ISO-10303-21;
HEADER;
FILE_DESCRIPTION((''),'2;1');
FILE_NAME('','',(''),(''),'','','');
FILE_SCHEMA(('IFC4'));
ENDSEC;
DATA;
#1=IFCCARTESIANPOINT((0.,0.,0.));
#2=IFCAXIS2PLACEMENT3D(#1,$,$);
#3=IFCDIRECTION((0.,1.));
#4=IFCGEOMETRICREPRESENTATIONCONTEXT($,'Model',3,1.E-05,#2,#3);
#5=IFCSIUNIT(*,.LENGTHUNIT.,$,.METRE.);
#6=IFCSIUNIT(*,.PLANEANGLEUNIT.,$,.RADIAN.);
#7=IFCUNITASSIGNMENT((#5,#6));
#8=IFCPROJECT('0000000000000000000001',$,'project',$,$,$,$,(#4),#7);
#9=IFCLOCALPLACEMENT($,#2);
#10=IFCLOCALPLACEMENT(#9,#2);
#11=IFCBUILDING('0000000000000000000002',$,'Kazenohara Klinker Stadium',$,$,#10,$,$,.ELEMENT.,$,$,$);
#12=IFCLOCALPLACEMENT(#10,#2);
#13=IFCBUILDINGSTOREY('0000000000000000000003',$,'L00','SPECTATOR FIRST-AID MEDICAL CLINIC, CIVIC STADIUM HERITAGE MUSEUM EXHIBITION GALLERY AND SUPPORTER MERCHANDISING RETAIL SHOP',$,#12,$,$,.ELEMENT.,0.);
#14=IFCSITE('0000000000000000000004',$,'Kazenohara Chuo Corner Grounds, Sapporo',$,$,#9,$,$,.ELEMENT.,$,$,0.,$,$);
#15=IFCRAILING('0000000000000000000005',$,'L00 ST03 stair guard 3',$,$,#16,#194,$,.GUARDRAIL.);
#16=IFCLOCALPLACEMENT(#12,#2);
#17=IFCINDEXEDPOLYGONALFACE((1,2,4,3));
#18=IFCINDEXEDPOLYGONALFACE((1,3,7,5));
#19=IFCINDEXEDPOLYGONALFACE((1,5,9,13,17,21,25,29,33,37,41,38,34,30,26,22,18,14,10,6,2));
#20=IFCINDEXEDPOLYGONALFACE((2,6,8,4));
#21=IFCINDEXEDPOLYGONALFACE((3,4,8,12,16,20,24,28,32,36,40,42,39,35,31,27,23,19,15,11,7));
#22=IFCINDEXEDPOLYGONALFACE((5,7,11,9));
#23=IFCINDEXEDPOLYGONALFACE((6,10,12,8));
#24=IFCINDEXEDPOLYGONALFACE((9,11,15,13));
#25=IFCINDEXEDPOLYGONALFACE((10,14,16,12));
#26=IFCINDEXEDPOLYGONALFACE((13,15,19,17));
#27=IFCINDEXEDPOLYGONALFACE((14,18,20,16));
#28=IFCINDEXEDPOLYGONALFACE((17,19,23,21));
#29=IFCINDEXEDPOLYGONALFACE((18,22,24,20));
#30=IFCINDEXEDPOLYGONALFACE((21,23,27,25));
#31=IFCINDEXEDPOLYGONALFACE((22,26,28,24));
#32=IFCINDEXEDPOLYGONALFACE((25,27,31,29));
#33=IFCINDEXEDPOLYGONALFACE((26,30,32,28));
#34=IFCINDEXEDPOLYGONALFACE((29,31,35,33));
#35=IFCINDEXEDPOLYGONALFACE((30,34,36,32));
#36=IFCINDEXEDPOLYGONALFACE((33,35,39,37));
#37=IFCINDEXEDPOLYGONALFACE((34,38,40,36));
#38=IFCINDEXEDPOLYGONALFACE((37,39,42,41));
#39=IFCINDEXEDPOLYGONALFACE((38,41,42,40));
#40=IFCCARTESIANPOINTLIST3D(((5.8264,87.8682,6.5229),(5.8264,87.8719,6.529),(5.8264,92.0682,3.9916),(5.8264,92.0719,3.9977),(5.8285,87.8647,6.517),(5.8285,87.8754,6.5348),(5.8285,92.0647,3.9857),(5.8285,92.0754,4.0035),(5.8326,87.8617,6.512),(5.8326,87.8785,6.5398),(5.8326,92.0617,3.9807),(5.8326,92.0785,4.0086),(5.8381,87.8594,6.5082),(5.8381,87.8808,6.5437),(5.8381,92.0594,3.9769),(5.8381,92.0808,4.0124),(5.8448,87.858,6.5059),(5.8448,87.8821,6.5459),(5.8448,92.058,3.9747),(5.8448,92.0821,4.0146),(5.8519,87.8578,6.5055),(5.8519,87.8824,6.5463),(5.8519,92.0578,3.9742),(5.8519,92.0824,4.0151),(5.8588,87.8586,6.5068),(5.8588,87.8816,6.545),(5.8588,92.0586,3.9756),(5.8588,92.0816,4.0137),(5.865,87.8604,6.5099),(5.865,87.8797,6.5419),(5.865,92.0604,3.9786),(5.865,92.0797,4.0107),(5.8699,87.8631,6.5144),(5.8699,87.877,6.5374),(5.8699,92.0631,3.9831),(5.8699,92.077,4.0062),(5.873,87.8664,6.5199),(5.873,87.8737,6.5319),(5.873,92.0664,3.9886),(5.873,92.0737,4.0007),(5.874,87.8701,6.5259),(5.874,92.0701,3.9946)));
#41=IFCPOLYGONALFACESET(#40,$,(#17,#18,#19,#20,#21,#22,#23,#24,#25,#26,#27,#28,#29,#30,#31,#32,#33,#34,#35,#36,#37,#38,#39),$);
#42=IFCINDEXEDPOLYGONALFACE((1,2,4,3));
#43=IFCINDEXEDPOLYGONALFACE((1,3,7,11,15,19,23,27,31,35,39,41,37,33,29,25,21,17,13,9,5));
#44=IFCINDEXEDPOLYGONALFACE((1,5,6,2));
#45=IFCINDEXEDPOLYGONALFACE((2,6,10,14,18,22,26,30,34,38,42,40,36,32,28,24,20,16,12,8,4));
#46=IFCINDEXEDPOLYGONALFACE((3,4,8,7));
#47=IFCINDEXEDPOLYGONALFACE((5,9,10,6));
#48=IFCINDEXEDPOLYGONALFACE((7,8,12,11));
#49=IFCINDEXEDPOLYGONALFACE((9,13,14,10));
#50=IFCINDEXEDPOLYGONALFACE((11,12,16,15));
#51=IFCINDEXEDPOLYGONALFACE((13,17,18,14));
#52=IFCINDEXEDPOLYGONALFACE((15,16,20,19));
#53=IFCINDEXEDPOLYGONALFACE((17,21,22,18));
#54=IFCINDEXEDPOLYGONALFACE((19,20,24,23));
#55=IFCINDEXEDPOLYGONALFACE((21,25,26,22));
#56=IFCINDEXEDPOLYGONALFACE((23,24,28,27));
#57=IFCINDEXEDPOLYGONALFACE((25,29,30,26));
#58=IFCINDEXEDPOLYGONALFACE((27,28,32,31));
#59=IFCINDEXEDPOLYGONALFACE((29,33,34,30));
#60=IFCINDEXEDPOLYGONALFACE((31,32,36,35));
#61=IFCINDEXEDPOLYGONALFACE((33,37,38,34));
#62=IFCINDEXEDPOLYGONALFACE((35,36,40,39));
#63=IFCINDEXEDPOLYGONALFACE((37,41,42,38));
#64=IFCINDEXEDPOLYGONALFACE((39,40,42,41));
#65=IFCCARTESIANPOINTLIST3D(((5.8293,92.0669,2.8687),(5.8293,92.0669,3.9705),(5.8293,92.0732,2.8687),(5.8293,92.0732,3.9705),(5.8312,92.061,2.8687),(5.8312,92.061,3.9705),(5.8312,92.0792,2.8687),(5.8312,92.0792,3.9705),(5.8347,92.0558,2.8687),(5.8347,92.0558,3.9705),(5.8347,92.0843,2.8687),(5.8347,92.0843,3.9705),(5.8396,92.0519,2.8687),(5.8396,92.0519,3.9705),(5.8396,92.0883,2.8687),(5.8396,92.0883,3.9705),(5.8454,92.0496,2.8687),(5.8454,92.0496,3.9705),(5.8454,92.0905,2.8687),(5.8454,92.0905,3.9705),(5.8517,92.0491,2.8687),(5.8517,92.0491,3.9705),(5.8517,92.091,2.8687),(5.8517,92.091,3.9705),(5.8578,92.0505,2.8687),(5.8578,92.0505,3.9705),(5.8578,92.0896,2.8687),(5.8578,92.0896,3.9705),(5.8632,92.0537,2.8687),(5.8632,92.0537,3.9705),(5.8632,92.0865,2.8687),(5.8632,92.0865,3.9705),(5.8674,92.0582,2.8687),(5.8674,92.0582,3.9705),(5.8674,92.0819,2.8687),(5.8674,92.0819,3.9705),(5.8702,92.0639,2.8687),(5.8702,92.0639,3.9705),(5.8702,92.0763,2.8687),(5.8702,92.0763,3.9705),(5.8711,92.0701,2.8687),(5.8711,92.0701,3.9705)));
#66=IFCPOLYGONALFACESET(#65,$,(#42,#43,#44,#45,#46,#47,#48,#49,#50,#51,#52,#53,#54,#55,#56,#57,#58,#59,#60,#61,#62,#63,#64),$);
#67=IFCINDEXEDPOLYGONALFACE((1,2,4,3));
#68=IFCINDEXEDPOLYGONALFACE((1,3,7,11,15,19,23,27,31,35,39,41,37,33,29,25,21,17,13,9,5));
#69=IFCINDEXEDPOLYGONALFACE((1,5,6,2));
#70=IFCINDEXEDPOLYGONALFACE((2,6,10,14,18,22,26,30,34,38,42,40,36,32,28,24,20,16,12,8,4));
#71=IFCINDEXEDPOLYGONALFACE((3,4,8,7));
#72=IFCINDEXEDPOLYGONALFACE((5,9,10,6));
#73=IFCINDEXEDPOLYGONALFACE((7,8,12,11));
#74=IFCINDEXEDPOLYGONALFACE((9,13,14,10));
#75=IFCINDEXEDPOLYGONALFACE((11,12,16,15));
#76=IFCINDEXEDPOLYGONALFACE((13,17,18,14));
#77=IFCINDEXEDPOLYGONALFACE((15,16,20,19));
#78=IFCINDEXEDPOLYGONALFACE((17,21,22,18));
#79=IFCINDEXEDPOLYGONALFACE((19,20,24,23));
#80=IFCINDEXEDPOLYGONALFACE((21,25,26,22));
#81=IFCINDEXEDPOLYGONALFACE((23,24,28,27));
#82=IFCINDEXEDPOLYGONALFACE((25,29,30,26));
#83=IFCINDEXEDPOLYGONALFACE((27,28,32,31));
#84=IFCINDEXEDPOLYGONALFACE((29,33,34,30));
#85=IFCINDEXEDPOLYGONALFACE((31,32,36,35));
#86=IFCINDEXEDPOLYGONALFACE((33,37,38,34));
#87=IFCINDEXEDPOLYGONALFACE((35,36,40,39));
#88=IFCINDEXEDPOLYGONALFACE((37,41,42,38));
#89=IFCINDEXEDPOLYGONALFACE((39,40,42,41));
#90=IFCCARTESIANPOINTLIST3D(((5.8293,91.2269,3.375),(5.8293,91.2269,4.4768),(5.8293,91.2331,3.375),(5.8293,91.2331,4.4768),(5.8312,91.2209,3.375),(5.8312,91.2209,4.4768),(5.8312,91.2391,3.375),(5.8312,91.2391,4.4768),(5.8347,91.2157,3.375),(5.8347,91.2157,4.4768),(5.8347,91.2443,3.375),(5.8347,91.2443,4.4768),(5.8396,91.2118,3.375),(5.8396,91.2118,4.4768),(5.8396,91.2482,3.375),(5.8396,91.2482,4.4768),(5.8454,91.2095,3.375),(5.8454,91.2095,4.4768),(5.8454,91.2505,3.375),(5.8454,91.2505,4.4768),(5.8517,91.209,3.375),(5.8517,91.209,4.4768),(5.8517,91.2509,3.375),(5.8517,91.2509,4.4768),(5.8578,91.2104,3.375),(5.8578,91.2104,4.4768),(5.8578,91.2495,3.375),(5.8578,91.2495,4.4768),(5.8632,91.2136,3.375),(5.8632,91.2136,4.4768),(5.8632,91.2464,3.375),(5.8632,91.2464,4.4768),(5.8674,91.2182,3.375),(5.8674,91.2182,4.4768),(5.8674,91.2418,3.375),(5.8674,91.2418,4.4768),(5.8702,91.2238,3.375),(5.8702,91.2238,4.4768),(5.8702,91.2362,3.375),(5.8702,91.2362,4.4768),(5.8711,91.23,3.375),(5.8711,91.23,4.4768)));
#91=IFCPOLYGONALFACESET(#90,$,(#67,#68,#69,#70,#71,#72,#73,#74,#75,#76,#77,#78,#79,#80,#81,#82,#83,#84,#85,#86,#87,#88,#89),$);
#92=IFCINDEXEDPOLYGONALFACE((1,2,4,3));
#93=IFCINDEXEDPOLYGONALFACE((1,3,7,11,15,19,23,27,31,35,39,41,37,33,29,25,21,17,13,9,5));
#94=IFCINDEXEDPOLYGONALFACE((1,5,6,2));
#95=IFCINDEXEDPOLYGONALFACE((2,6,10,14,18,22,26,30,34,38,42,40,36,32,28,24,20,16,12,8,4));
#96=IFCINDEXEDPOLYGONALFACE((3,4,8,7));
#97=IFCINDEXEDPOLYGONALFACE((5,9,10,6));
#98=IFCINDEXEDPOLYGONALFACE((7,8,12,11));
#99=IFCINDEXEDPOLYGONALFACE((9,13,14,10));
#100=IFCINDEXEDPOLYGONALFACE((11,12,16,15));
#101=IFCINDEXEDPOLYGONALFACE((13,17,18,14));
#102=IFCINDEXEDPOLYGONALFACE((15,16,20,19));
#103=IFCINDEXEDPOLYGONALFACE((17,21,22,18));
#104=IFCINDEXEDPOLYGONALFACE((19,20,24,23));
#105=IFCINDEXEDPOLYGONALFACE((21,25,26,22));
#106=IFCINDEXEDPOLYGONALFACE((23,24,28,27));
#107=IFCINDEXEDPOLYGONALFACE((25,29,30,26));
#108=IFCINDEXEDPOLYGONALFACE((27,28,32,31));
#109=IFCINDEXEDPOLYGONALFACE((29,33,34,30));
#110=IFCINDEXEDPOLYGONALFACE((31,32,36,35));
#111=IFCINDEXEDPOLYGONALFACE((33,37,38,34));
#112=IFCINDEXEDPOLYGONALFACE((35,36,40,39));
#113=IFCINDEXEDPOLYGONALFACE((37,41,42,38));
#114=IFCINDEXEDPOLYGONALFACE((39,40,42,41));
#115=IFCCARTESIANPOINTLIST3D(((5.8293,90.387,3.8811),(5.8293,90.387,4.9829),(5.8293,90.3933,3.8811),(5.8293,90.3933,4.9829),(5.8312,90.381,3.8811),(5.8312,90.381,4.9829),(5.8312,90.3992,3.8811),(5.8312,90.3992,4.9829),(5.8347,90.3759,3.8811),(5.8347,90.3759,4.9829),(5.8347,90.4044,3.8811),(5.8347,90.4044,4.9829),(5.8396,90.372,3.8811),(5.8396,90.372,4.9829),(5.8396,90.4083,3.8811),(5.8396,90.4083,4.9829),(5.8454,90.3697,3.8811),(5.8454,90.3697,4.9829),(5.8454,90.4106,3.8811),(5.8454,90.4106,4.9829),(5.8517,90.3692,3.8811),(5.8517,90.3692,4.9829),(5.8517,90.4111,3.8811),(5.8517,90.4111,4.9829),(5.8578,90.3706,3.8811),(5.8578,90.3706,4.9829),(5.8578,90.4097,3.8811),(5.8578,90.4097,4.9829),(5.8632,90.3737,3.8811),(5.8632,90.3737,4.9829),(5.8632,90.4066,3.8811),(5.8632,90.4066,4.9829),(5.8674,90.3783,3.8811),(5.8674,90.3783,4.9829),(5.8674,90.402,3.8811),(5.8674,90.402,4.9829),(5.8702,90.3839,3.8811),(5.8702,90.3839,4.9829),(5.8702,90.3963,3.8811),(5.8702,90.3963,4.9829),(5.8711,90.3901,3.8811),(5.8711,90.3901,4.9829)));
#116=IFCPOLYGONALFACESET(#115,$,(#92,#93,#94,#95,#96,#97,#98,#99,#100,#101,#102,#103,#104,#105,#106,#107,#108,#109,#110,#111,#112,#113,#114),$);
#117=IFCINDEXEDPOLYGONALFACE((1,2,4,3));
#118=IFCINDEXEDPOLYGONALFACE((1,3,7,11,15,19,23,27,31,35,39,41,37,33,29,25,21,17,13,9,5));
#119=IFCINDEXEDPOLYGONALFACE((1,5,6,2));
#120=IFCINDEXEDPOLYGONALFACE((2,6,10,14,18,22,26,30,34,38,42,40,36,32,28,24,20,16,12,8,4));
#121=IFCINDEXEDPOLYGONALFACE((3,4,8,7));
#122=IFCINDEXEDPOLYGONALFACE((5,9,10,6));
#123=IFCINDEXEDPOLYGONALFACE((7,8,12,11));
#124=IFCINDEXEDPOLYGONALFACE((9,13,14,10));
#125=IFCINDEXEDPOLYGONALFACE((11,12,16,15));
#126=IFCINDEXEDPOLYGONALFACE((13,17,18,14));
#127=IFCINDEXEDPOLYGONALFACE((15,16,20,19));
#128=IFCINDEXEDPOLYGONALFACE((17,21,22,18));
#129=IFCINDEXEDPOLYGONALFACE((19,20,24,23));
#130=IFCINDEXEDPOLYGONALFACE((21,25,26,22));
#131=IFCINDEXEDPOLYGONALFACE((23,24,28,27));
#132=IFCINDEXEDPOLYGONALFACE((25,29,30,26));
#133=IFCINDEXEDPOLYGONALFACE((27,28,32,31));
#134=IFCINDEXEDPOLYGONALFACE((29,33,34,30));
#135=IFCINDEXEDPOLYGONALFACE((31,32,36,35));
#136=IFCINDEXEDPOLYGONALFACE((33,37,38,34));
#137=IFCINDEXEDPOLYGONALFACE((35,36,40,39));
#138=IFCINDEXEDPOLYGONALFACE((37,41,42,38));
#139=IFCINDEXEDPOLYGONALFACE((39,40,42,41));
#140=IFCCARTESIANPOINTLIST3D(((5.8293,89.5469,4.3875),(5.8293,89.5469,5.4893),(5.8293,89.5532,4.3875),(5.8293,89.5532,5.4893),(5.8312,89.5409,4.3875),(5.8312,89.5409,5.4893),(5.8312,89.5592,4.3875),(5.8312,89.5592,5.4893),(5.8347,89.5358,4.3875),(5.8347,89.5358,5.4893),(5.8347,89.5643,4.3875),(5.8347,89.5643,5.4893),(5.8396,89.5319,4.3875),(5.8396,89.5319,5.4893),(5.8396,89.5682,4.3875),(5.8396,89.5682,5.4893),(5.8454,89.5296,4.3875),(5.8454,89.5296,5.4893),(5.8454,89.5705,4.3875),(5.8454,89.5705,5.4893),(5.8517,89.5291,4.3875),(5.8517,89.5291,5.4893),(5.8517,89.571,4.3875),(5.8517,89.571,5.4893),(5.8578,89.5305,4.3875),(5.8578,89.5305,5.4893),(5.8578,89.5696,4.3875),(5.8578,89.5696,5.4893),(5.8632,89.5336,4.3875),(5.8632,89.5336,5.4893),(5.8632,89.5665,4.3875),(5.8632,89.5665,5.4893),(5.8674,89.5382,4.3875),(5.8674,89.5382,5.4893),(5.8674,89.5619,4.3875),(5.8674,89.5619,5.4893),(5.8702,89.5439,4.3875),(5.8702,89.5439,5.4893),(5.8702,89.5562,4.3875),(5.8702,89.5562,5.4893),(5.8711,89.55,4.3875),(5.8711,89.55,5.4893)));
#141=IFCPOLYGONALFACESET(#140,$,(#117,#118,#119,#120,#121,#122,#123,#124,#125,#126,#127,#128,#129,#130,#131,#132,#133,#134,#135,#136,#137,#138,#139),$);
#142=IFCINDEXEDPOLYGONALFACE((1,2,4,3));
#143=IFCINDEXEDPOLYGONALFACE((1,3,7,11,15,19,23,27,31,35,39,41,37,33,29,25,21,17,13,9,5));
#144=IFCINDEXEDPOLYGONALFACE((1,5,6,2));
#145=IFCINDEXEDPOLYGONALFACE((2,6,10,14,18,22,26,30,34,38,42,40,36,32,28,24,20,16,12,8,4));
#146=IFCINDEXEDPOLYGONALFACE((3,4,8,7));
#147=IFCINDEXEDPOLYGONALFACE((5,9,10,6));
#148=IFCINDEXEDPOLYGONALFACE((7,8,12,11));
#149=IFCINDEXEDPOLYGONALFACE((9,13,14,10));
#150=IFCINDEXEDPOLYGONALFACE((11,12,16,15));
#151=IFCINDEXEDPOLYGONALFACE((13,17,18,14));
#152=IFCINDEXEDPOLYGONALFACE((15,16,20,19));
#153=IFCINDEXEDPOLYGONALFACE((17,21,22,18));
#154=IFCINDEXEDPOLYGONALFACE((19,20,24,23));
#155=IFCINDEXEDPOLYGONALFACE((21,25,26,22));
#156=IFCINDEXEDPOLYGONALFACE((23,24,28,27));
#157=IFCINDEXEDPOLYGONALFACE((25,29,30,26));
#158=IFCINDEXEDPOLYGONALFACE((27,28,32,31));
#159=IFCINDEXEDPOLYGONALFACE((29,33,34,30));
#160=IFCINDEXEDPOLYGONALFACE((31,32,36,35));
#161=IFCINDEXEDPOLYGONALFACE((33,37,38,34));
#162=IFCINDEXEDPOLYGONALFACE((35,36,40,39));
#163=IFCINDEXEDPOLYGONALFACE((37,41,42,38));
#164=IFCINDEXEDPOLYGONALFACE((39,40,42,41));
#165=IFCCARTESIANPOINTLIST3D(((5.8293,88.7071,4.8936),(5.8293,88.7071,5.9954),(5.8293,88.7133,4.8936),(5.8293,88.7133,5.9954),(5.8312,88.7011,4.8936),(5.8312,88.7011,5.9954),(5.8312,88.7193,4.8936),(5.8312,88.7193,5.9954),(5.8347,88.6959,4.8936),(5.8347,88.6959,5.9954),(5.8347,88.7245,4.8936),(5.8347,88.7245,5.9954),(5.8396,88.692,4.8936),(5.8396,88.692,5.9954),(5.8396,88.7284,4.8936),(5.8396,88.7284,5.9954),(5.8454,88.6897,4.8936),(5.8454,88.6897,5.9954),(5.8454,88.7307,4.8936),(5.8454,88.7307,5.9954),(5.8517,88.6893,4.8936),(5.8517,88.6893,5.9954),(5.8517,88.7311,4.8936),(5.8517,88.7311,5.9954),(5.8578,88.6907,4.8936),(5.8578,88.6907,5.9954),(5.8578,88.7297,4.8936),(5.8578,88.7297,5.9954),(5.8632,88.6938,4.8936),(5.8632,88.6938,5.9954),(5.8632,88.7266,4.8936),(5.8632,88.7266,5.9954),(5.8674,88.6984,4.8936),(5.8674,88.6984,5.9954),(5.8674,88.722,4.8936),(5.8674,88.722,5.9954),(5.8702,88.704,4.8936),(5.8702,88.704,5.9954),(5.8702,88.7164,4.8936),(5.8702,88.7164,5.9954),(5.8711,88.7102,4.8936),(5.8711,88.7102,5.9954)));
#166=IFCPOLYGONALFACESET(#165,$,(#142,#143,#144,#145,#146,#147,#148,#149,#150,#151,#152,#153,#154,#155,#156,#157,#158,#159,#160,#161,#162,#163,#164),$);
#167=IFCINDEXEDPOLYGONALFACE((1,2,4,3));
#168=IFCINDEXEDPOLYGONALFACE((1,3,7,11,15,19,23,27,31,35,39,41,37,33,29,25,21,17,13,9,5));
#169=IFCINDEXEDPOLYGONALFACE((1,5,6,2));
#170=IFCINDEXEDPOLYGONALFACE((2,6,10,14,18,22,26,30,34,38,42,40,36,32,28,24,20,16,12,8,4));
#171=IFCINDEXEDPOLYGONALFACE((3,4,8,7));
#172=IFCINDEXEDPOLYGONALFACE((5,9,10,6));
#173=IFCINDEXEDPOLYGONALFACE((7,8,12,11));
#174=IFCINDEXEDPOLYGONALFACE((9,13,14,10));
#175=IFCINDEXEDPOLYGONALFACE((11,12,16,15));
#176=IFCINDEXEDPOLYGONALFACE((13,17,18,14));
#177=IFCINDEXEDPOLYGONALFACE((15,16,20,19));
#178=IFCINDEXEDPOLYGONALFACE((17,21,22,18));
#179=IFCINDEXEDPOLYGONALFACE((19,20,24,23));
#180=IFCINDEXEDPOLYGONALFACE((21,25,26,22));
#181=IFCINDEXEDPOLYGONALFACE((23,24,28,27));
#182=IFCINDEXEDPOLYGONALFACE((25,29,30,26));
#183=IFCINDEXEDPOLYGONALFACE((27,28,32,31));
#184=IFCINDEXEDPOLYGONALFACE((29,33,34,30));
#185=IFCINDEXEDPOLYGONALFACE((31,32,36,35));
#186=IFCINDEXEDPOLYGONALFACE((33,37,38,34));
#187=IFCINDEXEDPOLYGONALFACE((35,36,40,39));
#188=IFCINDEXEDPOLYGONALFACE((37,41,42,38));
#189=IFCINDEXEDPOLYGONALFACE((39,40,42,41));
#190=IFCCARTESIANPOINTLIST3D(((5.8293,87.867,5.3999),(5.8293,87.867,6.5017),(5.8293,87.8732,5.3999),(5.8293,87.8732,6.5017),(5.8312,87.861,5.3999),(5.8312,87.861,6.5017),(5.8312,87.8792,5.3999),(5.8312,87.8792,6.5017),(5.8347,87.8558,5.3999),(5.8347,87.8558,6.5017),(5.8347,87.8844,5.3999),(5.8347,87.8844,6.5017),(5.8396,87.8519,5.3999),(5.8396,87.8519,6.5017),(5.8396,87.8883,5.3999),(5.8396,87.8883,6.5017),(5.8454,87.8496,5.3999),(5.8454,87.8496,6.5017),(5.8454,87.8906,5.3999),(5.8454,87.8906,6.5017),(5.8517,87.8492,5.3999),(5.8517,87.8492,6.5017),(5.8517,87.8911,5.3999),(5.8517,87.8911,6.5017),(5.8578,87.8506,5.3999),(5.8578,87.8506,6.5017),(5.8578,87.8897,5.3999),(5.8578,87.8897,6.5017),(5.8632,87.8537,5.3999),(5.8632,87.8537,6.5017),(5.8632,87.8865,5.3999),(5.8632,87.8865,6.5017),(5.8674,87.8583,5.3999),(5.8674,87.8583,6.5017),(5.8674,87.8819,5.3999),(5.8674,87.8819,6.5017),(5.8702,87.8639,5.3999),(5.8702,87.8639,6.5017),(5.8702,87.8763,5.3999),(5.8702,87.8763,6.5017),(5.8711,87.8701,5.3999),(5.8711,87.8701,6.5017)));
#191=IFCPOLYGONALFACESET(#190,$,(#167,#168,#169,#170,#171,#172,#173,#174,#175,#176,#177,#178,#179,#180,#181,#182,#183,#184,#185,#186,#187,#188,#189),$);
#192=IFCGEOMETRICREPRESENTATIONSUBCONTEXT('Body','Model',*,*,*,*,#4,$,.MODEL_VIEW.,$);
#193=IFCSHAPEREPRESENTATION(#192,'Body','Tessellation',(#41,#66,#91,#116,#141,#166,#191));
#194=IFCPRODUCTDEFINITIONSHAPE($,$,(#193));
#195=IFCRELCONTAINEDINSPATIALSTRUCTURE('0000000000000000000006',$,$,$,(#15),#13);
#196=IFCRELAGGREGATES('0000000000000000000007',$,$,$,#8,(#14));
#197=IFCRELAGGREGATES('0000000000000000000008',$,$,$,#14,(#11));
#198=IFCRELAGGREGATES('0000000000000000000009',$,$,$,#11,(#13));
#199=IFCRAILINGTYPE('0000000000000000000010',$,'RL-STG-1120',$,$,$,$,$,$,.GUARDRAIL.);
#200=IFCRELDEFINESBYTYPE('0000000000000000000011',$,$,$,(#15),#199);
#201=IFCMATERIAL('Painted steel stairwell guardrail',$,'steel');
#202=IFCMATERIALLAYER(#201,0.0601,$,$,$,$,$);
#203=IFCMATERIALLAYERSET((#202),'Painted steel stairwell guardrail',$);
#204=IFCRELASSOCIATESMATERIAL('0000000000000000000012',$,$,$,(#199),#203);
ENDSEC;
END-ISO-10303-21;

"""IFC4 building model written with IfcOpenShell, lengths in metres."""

from ifc_helpers import new_model, si_unit, direction, frame, origin, origin_2d, place, context, subcontext, project, spatial, circle, extrude, material, layer, layer_set, type_object, element, save


model = new_model("IFC4")

# Units and contexts
model_context = context("Model", 3, precision=1e-05, world=origin(), true_north=direction((0.0, 1.0)))
body_context = subcontext(model_context, "Body", "Model", "MODEL_VIEW")
ifc_project = project(units=[si_unit("LENGTHUNIT", "METRE"), si_unit("PLANEANGLEUNIT", "RADIAN")], contexts=[model_context])

# Site, building, storey
site_placement = place(None, origin())
site = spatial("IfcSite", under=ifc_project, at=site_placement, Name="Kazenohara Chuo Corner Grounds, Sapporo", CompositionType="ELEMENT", RefElevation=0.0)
building_placement = place(site_placement, origin())
building = spatial("IfcBuilding", under=site, at=building_placement, Name="Kazenohara Klinker Stadium", CompositionType="ELEMENT")
storey_placement = place(building_placement, origin())
storey = spatial("IfcBuildingStorey", under=building, at=storey_placement, Name="L00", Description="SPECTATOR FIRST-AID MEDICAL CLINIC, CIVIC STADIUM HERITAGE MUSEUM EXHIBITION GALLERY AND SUPPORTER MERCHANDISING RETAIL SHOP", CompositionType="ELEMENT", Elevation=0.0)

# Railing
ifc_material_1 = material(Name="Painted steel stairwell guardrail", Category="steel")
ifc_layer_1 = layer(ifc_material_1, 0.0601)
ifc_layer_set_1 = layer_set([ifc_layer_1], Name="Painted steel stairwell guardrail")
railing_type_1 = type_object("IfcRailingType", Name="RL-STG-1120", PredefinedType="GUARDRAIL", material=ifc_layer_set_1)
railing_1_placement = place(storey_placement, frame((5.8501, 92.0701, 2.8687)))
element("IfcRailing", 1, at=railing_1_placement, inside=storey, type_object=railing_type_1, Name="L00 ST03 stair guard 3", PredefinedType="GUARDRAIL", context=body_context, shape_type="SweptSolid", body=[
    extrude(circle(Radius=0.0239, at=origin_2d()), frame((0.0, 0.0, 1.126), z_axis=(0.0, -0.856476, 0.516186), x_axis=(1.0, 0.0, 0.0)), (0.0, 0.0, 1.0), 4.9038),
    extrude(circle(Radius=0.021, at=origin_2d()), origin(), (0.0, 0.0, 1.0), 1.1018),
    extrude(circle(Radius=0.021, at=origin_2d()), frame((0.0, -0.8401, 0.5063)), (0.0, 0.0, 1.0), 1.1018),
    extrude(circle(Radius=0.021, at=origin_2d()), frame((0.0, -1.6799, 1.0125)), (0.0, 0.0, 1.0), 1.1018),
    extrude(circle(Radius=0.021, at=origin_2d()), frame((0.0, -2.52, 1.5188)), (0.0, 0.0, 1.0), 1.1018),
    extrude(circle(Radius=0.021, at=origin_2d()), frame((0.0, -3.3599, 2.0249)), (0.0, 0.0, 1.0), 1.1018),
    extrude(circle(Radius=0.021, at=origin_2d()), frame((0.0, -4.2, 2.5312)), (0.0, 0.0, 1.0), 1.1018),
])

save(model, "model.ifc")
